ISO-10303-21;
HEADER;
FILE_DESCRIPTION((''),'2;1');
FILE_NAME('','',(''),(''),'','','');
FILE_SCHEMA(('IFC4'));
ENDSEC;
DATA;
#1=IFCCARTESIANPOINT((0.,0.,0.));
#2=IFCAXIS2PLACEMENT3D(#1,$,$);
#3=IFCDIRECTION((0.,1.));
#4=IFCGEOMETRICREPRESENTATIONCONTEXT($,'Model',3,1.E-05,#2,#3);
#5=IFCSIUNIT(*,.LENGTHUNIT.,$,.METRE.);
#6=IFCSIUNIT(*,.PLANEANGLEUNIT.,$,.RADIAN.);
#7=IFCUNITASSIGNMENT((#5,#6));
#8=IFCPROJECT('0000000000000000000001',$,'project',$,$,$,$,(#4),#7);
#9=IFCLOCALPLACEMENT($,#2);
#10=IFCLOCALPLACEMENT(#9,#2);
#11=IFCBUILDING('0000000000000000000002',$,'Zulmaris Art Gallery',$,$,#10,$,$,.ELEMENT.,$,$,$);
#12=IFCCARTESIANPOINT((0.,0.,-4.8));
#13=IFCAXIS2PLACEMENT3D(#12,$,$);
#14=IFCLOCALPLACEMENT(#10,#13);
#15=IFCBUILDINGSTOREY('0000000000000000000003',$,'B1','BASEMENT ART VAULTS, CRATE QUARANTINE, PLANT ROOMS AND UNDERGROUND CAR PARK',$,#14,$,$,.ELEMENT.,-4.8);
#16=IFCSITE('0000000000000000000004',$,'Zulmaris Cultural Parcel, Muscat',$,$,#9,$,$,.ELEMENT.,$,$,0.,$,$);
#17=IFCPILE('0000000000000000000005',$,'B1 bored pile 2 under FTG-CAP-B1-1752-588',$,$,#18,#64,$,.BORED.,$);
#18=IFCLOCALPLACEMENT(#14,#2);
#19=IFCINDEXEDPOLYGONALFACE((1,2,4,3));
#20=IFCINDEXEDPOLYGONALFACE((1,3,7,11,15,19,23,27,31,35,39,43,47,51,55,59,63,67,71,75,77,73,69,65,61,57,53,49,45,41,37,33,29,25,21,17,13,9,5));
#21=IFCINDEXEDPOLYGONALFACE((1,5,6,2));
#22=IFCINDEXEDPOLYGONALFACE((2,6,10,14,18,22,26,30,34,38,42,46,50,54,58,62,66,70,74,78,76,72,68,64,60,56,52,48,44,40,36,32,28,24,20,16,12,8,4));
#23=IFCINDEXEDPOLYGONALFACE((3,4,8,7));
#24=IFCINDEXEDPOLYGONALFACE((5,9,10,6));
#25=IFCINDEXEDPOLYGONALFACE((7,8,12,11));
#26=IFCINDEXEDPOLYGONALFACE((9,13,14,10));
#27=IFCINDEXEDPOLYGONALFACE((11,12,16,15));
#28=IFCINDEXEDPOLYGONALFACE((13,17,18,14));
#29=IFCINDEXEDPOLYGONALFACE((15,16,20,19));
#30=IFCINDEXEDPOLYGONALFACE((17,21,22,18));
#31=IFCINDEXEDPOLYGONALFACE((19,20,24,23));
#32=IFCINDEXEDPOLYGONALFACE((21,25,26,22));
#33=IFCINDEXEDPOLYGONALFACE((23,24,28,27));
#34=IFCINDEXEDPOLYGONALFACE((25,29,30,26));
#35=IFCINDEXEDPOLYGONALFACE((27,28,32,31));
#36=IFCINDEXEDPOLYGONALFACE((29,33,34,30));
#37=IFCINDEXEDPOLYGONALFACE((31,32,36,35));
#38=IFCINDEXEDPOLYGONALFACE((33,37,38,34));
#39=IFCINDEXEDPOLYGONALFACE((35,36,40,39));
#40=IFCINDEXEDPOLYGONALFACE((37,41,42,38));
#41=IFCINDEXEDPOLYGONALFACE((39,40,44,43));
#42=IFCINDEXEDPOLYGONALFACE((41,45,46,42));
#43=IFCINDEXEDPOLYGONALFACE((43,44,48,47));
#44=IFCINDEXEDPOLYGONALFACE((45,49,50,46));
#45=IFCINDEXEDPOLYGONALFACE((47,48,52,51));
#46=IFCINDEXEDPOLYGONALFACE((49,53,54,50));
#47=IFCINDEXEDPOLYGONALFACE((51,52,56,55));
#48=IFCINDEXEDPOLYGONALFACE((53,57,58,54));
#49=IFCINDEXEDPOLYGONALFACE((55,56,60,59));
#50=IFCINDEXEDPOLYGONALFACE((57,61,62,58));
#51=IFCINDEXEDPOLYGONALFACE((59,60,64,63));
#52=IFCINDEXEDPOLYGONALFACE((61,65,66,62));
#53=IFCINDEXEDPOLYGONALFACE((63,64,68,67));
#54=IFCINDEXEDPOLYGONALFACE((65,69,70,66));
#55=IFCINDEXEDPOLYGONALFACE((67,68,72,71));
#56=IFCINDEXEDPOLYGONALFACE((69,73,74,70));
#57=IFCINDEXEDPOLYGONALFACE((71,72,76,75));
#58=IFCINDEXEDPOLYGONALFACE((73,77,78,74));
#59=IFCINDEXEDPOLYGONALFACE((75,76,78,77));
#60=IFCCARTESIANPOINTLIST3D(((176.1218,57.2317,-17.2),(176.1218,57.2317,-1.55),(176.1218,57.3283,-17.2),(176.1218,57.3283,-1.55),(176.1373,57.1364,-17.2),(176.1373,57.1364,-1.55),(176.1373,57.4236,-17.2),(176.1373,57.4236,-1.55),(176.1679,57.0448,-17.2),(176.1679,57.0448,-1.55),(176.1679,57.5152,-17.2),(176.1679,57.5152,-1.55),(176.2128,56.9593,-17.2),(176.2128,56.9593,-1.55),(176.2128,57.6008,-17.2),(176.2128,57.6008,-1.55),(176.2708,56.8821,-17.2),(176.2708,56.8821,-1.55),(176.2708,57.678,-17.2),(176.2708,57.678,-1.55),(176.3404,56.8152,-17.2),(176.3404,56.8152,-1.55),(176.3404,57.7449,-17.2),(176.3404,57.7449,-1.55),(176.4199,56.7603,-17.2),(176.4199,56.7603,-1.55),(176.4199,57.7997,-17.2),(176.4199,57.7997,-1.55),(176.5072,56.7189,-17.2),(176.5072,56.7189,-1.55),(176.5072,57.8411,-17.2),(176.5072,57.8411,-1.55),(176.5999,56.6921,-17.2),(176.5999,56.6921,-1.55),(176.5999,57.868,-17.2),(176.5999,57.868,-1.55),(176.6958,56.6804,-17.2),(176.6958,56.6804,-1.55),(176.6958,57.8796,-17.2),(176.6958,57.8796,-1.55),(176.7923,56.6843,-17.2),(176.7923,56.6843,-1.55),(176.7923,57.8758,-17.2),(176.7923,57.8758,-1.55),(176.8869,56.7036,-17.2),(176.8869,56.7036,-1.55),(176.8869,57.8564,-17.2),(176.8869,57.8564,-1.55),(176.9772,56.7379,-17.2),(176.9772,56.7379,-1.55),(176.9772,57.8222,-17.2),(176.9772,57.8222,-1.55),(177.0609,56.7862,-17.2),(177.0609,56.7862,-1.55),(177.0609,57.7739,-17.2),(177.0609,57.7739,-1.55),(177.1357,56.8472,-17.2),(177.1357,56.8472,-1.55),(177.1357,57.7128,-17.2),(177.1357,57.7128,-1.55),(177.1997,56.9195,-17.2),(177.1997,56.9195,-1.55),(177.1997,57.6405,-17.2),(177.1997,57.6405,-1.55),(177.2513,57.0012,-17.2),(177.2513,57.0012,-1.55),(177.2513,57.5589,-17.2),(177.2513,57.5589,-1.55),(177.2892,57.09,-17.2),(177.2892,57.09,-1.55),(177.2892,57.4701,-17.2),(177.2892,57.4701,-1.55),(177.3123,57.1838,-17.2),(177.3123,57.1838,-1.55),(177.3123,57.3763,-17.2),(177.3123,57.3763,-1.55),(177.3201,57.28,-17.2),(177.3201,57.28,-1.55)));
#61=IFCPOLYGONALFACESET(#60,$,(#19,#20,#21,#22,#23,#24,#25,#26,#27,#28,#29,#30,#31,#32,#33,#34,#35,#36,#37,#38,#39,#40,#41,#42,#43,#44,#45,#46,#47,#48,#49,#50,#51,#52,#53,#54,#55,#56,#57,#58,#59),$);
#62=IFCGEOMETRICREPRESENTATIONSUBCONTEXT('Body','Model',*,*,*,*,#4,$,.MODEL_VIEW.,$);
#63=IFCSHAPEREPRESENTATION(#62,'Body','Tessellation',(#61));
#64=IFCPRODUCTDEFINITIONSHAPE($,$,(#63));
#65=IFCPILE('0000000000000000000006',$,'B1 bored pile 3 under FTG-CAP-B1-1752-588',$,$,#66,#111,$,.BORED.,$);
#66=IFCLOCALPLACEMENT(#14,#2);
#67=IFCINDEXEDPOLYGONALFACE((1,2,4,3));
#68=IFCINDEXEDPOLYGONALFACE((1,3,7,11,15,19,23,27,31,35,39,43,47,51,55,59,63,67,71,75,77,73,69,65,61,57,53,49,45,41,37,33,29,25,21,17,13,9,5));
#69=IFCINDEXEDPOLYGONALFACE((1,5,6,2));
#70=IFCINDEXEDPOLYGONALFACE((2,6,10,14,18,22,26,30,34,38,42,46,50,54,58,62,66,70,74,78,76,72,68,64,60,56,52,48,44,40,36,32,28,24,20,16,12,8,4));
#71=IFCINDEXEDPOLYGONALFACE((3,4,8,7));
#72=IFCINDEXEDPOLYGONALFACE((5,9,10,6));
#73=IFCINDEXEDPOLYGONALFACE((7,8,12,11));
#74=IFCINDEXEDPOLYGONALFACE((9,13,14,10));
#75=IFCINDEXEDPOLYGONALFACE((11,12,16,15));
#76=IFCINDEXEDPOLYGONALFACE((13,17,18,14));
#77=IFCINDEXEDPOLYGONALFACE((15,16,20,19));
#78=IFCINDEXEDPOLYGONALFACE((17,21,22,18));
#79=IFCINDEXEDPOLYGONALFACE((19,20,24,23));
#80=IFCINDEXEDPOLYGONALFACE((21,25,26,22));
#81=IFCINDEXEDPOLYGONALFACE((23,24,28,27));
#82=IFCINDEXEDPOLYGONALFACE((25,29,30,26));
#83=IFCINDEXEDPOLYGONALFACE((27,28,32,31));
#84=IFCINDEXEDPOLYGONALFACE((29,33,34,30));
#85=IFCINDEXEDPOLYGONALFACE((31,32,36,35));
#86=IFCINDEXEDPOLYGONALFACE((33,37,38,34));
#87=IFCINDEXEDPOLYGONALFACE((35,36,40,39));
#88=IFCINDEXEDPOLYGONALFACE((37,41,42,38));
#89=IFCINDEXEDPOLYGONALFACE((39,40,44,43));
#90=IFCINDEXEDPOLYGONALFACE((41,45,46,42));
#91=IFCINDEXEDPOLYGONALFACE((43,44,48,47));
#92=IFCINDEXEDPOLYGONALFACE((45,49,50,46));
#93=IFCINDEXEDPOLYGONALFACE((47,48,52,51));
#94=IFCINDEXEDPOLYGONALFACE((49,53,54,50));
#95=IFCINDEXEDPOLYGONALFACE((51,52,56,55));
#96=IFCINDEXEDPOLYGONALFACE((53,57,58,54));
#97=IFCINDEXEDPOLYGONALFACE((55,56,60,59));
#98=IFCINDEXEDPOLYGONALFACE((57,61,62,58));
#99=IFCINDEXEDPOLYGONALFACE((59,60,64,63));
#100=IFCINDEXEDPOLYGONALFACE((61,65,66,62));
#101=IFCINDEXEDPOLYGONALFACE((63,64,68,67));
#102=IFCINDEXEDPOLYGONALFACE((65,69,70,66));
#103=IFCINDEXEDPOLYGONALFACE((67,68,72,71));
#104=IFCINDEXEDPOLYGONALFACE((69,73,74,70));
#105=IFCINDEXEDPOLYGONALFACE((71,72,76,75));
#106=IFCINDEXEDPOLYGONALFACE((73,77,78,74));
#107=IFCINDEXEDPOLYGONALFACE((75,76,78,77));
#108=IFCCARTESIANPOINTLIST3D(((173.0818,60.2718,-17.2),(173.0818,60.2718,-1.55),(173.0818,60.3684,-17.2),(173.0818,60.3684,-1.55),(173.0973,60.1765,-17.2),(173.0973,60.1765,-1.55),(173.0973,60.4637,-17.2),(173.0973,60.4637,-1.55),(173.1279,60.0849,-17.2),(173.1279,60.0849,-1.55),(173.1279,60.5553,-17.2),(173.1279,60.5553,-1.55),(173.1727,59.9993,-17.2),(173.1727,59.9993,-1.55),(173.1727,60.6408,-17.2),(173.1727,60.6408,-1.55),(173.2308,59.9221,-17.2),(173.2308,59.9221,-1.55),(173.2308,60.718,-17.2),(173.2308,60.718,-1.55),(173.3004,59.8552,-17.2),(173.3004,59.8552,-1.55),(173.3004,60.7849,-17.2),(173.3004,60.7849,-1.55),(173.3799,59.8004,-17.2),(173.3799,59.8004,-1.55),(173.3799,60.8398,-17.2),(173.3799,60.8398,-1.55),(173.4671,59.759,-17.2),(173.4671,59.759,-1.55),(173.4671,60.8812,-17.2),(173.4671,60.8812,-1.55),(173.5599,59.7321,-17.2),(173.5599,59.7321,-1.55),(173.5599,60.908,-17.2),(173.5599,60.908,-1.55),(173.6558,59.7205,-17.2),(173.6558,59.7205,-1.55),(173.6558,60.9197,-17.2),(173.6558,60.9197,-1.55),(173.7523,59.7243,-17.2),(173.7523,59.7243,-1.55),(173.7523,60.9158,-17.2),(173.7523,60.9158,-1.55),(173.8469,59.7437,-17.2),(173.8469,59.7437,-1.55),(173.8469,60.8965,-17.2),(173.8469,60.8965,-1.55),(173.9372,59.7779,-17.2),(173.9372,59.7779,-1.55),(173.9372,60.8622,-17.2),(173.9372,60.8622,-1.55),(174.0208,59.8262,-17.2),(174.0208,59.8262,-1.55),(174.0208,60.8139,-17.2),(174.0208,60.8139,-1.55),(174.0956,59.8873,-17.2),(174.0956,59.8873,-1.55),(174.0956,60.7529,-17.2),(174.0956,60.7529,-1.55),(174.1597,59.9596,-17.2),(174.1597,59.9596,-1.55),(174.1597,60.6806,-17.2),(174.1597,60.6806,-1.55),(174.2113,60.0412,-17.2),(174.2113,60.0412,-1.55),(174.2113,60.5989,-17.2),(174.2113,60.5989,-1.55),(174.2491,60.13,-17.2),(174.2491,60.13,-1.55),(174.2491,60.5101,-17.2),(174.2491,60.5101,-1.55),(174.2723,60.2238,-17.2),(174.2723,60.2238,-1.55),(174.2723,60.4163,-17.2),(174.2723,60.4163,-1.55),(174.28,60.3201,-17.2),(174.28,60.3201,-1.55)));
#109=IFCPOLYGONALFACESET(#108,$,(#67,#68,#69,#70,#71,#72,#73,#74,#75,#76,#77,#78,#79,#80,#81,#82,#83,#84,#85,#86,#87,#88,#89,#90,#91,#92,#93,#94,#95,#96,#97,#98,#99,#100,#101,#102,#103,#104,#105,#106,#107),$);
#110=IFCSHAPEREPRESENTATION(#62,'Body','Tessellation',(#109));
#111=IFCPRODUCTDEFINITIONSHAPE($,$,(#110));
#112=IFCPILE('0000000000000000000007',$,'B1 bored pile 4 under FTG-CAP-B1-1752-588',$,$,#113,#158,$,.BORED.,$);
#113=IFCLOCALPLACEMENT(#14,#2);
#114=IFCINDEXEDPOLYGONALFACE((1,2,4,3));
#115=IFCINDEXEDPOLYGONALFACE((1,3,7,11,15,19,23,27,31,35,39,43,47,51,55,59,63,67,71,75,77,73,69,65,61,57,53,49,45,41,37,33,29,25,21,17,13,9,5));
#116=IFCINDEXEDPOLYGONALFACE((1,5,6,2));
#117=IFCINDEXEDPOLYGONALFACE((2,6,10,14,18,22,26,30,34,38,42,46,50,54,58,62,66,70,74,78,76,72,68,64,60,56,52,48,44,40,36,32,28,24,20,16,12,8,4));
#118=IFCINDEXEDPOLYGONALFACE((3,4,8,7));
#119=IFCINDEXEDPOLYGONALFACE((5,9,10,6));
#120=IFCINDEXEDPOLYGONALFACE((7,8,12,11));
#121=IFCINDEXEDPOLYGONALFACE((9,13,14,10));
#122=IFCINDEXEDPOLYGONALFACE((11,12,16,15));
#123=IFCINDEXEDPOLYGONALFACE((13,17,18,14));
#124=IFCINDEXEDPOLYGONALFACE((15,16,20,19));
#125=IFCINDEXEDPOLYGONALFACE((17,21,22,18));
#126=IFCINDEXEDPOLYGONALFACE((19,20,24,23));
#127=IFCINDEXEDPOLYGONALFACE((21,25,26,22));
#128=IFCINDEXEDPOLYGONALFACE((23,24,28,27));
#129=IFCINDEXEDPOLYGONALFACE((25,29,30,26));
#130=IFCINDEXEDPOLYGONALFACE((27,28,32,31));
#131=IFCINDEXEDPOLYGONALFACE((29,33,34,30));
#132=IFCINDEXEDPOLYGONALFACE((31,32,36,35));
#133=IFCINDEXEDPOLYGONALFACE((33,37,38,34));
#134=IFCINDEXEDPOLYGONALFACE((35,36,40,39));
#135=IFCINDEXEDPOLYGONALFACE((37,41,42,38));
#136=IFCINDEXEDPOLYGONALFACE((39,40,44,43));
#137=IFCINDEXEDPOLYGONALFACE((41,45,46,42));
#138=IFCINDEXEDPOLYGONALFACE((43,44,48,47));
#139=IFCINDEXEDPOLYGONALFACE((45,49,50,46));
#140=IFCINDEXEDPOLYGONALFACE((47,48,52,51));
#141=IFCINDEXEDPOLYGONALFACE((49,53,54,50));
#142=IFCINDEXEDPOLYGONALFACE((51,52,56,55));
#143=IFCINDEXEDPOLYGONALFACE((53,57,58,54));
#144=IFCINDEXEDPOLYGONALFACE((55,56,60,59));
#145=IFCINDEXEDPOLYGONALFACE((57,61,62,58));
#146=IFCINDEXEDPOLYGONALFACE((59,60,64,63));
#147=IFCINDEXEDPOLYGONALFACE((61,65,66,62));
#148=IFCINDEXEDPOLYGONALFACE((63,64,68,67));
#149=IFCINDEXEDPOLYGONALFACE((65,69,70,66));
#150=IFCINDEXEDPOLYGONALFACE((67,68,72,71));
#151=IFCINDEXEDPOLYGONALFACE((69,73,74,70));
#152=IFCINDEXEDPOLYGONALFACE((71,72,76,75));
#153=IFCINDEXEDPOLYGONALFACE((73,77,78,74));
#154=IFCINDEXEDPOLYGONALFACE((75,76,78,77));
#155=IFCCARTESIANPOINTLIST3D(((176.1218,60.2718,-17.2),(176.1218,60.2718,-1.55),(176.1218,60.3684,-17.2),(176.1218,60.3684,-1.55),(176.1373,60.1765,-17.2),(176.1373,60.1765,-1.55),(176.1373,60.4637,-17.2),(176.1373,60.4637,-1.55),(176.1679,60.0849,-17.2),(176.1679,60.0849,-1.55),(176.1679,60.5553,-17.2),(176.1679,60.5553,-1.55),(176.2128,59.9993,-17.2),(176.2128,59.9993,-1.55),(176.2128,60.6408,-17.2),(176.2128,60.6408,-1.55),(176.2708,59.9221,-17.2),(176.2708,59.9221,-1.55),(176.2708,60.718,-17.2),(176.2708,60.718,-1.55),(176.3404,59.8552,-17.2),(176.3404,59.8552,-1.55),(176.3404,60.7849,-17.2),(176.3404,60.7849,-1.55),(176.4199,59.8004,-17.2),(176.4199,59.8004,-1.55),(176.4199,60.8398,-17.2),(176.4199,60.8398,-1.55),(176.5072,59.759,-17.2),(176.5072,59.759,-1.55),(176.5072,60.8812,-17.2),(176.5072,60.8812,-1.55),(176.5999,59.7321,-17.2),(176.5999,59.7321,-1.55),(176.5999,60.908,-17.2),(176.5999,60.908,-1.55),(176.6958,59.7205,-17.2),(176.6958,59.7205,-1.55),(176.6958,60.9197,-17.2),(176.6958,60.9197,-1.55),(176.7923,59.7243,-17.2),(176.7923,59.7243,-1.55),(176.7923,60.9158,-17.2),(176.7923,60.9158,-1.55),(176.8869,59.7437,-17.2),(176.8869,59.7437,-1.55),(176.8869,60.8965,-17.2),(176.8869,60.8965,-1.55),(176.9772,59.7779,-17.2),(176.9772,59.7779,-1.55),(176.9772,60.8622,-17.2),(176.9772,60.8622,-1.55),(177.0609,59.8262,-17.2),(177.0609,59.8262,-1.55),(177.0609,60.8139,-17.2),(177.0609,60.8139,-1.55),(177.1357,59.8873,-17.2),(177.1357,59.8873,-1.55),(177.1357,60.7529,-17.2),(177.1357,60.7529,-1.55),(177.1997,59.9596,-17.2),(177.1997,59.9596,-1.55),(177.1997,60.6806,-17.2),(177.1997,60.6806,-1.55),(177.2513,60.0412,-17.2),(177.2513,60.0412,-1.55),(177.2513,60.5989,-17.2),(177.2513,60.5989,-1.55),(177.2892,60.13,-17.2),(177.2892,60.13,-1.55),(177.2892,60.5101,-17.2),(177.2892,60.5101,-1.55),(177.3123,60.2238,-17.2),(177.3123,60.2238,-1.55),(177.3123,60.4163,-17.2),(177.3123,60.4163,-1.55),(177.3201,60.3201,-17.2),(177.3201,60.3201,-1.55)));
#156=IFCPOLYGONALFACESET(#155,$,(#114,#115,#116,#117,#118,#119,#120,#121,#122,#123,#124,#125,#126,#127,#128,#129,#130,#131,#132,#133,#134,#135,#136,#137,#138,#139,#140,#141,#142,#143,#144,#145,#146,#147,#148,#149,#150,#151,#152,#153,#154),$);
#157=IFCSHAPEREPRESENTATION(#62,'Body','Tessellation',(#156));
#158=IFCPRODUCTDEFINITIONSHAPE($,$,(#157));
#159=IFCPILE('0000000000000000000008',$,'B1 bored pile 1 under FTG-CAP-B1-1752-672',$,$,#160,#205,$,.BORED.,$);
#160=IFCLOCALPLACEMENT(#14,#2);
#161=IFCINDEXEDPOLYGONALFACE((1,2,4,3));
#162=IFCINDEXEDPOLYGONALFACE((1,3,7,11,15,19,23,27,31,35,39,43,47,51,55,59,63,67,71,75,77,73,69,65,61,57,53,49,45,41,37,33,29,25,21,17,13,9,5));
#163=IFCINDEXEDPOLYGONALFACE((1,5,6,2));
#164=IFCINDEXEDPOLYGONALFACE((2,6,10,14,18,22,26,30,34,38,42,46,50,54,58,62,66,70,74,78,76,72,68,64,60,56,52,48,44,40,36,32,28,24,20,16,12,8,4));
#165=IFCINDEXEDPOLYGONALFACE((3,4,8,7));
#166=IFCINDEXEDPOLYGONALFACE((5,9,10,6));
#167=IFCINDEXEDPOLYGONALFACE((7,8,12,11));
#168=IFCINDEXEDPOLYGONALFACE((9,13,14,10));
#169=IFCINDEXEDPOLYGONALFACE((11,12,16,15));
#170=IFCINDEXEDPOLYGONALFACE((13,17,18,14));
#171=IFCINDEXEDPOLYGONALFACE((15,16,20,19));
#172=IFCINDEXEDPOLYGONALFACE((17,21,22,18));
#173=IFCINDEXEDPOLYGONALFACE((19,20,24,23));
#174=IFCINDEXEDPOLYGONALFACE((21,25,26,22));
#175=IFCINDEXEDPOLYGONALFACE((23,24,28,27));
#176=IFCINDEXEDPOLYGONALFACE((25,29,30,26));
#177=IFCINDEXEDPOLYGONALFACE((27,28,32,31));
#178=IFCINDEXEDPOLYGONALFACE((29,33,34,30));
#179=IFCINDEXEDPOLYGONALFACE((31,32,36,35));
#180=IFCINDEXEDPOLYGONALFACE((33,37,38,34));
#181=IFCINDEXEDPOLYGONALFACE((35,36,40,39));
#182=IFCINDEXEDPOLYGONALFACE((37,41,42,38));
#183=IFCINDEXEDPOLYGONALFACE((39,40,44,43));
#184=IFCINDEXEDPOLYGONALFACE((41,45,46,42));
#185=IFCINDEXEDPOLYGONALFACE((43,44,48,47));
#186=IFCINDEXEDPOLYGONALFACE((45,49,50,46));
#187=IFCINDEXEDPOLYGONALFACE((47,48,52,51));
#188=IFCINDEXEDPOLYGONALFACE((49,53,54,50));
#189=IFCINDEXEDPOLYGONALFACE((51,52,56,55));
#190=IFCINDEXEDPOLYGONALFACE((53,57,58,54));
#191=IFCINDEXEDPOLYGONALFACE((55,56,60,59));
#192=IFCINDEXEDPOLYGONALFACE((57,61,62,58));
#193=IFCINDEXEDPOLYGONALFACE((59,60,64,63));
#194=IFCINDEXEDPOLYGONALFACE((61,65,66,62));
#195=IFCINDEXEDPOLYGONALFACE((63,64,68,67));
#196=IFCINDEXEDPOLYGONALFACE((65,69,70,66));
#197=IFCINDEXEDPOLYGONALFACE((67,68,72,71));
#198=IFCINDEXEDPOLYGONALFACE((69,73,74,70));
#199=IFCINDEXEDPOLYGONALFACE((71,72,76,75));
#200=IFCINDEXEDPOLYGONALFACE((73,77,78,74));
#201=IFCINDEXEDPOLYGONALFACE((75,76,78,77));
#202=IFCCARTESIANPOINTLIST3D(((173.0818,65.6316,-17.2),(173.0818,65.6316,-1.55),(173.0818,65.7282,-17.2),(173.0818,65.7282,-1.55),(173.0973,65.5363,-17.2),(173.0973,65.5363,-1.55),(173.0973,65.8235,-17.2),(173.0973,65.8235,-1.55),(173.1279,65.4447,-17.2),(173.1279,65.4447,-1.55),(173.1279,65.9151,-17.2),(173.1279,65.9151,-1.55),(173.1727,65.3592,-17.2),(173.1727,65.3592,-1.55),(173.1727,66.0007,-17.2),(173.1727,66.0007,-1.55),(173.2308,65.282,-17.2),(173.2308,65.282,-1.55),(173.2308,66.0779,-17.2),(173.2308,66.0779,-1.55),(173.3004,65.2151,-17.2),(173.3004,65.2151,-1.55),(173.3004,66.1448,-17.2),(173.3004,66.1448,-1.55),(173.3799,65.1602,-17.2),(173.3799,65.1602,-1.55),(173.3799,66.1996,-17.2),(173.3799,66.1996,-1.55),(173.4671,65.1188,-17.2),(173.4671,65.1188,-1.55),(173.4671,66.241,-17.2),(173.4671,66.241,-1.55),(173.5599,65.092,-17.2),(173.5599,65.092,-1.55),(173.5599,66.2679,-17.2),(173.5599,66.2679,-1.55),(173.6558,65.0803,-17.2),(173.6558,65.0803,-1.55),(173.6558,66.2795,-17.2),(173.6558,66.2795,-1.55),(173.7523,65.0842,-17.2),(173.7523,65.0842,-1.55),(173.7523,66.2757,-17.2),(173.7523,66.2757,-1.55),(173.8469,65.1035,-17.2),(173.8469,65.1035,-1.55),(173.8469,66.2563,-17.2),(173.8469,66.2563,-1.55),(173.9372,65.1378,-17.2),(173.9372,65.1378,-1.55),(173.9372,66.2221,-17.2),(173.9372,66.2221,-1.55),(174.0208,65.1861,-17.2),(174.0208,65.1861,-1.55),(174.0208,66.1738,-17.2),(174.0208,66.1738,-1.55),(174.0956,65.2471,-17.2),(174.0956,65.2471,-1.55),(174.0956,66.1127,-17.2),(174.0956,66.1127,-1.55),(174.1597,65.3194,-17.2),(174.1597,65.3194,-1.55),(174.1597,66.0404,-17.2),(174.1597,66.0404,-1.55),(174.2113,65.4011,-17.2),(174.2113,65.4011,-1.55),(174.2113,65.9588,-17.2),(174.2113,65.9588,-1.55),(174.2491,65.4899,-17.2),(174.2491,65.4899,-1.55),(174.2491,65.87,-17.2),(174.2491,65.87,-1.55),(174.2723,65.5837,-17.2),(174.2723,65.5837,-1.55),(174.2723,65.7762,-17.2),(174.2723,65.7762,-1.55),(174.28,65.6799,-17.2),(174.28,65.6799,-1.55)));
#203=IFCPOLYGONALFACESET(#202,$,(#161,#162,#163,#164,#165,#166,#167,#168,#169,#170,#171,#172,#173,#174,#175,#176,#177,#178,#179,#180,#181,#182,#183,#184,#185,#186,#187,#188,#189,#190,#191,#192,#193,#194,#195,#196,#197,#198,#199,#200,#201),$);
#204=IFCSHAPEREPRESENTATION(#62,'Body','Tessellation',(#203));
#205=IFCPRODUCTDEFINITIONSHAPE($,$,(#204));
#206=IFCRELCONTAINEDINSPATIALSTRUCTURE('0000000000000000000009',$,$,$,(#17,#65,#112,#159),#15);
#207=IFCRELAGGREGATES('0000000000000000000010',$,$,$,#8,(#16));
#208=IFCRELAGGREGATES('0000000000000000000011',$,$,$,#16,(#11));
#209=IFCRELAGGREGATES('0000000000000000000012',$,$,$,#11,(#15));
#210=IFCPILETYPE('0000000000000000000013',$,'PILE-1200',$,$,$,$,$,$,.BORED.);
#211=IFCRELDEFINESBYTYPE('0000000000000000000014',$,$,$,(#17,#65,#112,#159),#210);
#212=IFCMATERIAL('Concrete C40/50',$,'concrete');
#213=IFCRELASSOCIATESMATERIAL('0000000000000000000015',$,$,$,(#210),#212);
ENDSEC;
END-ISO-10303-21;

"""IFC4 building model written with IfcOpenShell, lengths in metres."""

from ifc_helpers import new_model, si_unit, direction, frame, origin, origin_2d, place, context, subcontext, project, spatial, circle, extrude, material, material_profile, profile_set, type_object, element, save


model = new_model("IFC4")

# Units and contexts
model_context = context("Model", 3, precision=1e-05, world=origin(), true_north=direction((0.0, 1.0)))
body_context = subcontext(model_context, "Body", "Model", "MODEL_VIEW")
ifc_project = project(units=[si_unit("LENGTHUNIT", "METRE"), si_unit("PLANEANGLEUNIT", "RADIAN")], contexts=[model_context])

# Site, building, storey
site_placement = place(None, origin())
site = spatial("IfcSite", under=ifc_project, at=site_placement, Name="Zulmaris Cultural Parcel, Muscat", CompositionType="ELEMENT", RefElevation=0.0)
building_placement = place(site_placement, origin())
building = spatial("IfcBuilding", under=site, at=building_placement, Name="Zulmaris Art Gallery", CompositionType="ELEMENT")
storey_placement = place(building_placement, frame((0.0, 0.0, -4.8)))
storey = spatial("IfcBuildingStorey", under=building, at=storey_placement, Name="B1", Description="BASEMENT ART VAULTS, CRATE QUARANTINE, PLANT ROOMS AND UNDERGROUND CAR PARK", CompositionType="ELEMENT", Elevation=-4.8)

# Piles
ifc_material_1 = material(Name="Concrete C40/50", Category="concrete")
ifc_material_profile_1 = material_profile(ifc_material_1, circle(Radius=0.6001, at=origin_2d()), Name="PILE DIA 1200")
ifc_profile_set_1 = profile_set([ifc_material_profile_1], Name="Concrete C40/50")
pile_type = type_object("IfcPileType", Name="PILE-1200", PredefinedType="BORED", material=ifc_profile_set_1)
for number, where, z_axis, x_axis, name in (
    (1, (176.72, 57.28, -1.55), (0.0, 0.0, -1.0), (1.0, 0.0, 0.0), "B1 bored pile 2 under FTG-CAP-B1-1752-588"),
    (2, (173.6799, 60.3201, -1.55), (0.0, 0.0, -1.0), (1.0, 0.0, 0.0), "B1 bored pile 3 under FTG-CAP-B1-1752-588"),
    (3, (176.72, 60.3201, -1.55), (0.0, 0.0, -1.0), (1.0, 0.0, 0.0), "B1 bored pile 4 under FTG-CAP-B1-1752-588"),
    (4, (173.6799, 65.6799, -1.55), (0.0, 0.0, -1.0), (1.0, 0.0, 0.0), "B1 bored pile 1 under FTG-CAP-B1-1752-672"),
):
    element("IfcPile", number, at=place(storey_placement, frame(where, z_axis=z_axis, x_axis=x_axis)), inside=storey, type_object=pile_type, Name=name, PredefinedType="BORED", context=body_context, shape_type="SweptSolid", body=[
        extrude(circle(Radius=0.6001, at=origin_2d()), origin(), (0.0, 0.0, 1.0), 15.6499),
    ])

save(model, "model.ifc")
